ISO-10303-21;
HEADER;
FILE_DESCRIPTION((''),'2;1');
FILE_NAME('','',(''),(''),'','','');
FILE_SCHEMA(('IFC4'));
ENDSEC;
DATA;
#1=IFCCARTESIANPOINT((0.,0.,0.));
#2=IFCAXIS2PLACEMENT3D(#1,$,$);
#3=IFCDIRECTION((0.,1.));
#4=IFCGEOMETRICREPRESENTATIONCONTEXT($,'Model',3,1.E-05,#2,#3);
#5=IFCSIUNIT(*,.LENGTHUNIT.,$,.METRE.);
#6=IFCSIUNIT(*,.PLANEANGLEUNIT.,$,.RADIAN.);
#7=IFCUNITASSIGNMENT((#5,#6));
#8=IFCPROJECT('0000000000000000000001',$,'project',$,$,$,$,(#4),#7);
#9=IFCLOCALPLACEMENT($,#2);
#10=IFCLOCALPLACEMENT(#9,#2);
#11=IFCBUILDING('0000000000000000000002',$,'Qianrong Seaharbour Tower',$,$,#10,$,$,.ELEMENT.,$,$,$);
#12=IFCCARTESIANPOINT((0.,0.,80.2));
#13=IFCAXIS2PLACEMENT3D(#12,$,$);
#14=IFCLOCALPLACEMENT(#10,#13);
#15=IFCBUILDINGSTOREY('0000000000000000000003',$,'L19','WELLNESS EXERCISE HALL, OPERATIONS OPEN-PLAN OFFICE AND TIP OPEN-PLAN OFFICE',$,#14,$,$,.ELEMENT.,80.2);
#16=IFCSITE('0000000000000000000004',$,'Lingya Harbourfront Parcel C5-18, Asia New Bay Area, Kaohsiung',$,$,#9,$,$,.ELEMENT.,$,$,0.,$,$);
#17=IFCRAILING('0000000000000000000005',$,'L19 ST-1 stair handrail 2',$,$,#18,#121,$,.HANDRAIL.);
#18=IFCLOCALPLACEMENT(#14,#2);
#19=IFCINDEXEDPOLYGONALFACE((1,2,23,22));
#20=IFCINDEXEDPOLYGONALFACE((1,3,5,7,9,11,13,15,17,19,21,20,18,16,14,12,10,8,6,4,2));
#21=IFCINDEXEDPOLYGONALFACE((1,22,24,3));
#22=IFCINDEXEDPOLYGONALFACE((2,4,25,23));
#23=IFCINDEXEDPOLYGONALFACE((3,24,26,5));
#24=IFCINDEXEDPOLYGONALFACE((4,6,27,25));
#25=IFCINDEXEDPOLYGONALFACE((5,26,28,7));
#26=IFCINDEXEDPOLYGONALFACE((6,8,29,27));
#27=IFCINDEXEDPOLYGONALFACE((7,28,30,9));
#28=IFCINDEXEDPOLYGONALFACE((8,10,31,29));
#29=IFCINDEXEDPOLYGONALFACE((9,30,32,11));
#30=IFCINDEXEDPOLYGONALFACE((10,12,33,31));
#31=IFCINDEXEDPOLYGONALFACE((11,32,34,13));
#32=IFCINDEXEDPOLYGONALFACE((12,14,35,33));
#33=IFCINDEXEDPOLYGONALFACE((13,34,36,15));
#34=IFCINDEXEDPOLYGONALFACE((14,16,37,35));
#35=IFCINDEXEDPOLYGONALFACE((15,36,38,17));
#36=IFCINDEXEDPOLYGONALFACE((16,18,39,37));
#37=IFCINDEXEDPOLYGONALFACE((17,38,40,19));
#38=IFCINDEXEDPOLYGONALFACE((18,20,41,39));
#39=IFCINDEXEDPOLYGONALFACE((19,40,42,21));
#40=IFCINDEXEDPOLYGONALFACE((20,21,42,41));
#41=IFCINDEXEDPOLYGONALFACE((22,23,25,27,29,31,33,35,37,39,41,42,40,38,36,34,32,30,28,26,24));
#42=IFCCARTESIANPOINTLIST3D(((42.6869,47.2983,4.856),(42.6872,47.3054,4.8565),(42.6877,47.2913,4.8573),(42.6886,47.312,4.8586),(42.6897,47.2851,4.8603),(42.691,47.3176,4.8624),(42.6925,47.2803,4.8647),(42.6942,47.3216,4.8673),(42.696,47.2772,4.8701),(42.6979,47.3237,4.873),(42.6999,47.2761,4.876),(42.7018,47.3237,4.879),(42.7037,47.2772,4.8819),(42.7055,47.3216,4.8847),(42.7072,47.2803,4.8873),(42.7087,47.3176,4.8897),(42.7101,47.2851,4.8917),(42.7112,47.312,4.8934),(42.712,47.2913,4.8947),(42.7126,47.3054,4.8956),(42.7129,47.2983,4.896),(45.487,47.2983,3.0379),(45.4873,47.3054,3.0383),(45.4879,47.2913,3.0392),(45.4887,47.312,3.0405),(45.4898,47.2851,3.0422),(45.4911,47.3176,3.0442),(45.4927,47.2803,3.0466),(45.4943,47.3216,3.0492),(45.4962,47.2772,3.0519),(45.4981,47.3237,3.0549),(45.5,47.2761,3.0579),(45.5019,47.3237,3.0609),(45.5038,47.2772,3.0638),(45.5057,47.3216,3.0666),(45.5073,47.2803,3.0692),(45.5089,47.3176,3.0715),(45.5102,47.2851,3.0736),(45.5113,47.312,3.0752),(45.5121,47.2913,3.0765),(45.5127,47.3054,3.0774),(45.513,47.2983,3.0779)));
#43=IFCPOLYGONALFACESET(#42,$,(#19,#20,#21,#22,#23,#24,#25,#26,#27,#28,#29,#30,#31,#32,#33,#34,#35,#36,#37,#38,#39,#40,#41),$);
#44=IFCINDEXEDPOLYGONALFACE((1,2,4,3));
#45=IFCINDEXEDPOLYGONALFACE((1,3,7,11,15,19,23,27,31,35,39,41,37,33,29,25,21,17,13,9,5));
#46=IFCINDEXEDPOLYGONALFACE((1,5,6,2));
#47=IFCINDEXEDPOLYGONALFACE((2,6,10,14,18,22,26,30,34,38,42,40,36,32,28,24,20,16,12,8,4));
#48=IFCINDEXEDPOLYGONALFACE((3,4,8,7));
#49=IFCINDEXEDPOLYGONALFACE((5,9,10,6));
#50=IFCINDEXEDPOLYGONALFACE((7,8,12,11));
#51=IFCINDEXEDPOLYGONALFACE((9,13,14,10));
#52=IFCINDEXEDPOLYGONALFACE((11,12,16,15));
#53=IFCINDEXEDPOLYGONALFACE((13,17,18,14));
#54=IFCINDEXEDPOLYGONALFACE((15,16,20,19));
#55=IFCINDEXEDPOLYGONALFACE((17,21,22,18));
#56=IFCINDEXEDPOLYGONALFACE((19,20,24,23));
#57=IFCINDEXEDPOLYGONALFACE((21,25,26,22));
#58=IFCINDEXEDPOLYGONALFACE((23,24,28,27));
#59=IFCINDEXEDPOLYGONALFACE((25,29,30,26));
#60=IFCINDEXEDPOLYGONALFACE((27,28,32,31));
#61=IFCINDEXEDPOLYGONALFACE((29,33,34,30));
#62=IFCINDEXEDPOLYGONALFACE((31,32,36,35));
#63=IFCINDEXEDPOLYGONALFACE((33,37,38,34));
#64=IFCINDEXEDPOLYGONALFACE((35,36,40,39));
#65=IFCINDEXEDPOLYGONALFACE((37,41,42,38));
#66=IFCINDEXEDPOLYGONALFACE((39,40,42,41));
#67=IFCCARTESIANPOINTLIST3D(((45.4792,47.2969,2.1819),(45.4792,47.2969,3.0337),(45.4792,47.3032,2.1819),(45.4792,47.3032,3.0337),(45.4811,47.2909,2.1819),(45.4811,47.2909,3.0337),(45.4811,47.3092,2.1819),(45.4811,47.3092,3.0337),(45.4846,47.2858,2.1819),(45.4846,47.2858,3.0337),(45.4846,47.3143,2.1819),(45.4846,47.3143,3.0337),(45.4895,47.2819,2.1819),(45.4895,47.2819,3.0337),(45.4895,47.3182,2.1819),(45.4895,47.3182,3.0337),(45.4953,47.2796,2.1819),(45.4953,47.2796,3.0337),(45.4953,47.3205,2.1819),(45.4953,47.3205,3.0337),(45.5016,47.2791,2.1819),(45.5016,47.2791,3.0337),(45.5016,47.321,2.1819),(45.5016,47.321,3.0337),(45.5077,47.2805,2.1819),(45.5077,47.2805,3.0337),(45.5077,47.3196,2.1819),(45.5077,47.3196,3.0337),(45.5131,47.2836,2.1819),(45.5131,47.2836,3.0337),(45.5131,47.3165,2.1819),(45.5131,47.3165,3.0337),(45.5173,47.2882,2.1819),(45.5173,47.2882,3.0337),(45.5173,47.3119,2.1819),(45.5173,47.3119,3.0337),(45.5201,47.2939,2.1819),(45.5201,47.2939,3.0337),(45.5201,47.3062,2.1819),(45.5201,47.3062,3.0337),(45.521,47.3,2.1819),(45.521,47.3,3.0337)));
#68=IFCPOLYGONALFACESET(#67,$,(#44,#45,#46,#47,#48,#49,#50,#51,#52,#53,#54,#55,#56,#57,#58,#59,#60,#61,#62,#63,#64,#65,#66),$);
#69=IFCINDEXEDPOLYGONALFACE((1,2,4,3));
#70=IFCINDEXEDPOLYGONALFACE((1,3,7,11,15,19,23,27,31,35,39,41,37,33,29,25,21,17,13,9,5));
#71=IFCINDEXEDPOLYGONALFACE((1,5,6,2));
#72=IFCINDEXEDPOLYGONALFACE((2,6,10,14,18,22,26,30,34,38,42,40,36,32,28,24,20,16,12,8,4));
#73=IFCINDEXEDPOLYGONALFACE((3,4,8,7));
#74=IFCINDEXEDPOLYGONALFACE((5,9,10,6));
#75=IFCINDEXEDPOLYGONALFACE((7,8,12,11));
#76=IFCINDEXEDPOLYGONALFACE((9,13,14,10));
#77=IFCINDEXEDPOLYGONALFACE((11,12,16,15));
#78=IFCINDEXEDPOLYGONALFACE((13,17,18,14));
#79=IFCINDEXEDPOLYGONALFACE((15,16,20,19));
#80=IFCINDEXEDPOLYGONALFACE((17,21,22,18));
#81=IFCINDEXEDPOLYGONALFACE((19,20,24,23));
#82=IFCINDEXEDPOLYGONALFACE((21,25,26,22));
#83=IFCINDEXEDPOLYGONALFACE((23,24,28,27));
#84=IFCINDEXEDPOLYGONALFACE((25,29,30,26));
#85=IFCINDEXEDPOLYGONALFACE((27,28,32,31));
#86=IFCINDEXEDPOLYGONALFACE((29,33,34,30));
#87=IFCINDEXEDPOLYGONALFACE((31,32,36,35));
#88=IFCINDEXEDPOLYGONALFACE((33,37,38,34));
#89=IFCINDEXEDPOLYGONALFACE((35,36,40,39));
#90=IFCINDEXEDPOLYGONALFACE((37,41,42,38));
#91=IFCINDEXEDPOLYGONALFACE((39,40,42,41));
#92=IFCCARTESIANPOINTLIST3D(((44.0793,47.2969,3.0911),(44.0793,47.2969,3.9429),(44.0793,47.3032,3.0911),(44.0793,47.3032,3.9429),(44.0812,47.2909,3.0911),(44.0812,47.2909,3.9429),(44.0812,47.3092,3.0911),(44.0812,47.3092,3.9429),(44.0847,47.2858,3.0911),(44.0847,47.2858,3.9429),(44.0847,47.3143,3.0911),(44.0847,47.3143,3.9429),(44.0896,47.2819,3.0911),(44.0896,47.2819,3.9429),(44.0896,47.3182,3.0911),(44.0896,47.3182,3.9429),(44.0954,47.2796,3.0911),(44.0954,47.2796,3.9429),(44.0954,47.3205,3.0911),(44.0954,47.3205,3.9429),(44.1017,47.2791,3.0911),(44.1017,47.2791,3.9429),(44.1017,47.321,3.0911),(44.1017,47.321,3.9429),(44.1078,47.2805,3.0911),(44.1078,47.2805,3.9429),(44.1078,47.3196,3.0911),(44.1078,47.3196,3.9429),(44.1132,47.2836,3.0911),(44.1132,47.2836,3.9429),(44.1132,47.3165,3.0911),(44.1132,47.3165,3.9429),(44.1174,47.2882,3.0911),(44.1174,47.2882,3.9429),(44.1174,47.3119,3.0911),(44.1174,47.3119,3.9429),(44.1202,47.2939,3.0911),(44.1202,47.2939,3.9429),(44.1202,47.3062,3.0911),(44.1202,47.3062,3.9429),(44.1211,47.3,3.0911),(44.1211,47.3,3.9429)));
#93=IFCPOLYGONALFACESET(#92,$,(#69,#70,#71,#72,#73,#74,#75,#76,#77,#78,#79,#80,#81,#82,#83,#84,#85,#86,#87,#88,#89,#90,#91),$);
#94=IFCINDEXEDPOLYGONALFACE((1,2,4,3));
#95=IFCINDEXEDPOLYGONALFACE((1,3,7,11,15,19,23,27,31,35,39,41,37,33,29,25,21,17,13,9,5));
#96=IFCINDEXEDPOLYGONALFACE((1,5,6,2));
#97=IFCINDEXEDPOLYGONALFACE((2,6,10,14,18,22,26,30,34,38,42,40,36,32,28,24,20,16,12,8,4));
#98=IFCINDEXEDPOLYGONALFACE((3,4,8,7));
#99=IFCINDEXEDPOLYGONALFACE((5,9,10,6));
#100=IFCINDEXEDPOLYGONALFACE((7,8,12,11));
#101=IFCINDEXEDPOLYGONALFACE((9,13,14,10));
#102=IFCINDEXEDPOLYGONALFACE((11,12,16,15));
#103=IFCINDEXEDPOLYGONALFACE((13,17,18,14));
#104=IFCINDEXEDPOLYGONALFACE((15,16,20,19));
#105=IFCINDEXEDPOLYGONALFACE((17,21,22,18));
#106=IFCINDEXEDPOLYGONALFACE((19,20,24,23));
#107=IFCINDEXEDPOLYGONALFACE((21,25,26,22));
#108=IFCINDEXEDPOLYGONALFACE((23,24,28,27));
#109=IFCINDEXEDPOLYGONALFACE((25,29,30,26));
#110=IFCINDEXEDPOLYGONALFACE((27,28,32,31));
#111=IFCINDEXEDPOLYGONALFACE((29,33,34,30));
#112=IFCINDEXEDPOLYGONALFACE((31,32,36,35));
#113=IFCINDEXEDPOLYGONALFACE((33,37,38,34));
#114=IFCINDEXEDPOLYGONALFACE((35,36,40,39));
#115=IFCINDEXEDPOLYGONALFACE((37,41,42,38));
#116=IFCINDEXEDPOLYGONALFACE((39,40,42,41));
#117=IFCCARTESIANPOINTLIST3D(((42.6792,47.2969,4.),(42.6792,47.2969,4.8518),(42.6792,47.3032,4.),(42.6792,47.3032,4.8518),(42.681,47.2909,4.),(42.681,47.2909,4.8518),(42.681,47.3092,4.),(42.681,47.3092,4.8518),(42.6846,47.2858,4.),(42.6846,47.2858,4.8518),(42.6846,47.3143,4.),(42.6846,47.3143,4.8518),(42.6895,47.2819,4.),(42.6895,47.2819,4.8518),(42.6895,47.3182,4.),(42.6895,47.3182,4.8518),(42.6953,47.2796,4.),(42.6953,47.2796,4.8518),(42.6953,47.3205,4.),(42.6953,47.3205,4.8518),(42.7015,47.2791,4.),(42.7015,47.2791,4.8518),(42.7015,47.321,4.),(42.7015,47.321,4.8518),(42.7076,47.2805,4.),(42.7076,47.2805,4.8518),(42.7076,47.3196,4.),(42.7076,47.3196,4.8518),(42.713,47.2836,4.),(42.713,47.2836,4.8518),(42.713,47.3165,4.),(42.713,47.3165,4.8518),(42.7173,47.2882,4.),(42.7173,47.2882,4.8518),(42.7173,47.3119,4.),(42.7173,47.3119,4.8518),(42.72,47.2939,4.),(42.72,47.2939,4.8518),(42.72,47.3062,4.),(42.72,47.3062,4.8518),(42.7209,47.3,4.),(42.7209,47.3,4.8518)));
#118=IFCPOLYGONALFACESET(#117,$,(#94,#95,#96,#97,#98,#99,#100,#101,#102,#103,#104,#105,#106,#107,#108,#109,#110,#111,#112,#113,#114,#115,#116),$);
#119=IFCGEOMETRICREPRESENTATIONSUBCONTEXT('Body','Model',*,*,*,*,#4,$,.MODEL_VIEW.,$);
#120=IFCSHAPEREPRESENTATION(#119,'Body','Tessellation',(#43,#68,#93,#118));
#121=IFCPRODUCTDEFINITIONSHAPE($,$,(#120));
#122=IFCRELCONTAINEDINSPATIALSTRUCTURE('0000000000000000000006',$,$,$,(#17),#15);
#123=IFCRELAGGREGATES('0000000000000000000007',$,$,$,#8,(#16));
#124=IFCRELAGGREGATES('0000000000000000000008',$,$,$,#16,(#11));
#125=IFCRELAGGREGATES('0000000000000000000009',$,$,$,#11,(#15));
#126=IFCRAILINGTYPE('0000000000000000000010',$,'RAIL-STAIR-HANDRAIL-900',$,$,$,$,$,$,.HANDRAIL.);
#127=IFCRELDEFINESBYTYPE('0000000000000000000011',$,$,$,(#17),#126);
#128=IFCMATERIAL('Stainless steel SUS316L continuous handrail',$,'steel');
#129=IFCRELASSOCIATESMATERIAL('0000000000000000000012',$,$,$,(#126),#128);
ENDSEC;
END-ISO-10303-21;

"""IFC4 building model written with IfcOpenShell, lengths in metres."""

from ifc_helpers import new_model, si_unit, direction, frame, origin, origin_2d, place, context, subcontext, project, spatial, circle, extrude, material, type_object, element, save


model = new_model("IFC4")

# Units and contexts
model_context = context("Model", 3, precision=1e-05, world=origin(), true_north=direction((0.0, 1.0)))
body_context = subcontext(model_context, "Body", "Model", "MODEL_VIEW")
ifc_project = project(units=[si_unit("LENGTHUNIT", "METRE"), si_unit("PLANEANGLEUNIT", "RADIAN")], contexts=[model_context])

# Site, building, storey
site_placement = place(None, origin())
site = spatial("IfcSite", under=ifc_project, at=site_placement, Name="Lingya Harbourfront Parcel C5-18, Asia New Bay Area, Kaohsiung", CompositionType="ELEMENT", RefElevation=0.0)
building_placement = place(site_placement, origin())
building = spatial("IfcBuilding", under=site, at=building_placement, Name="Qianrong Seaharbour Tower", CompositionType="ELEMENT")
storey_placement = place(building_placement, frame((0.0, 0.0, 80.2)))
storey = spatial("IfcBuildingStorey", under=building, at=storey_placement, Name="L19", Description="WELLNESS EXERCISE HALL, OPERATIONS OPEN-PLAN OFFICE AND TIP OPEN-PLAN OFFICE", CompositionType="ELEMENT", Elevation=80.2)

# Railing
ifc_material_1 = material(Name="Stainless steel SUS316L continuous handrail", Category="steel")
railing_type_1 = type_object("IfcRailingType", Name="RAIL-STAIR-HANDRAIL-900", PredefinedType="HANDRAIL", material=ifc_material_1)
railing_1_placement = place(storey_placement, frame((45.5, 47.3, 2.1819)))
element("IfcRailing", 1, at=railing_1_placement, inside=storey, type_object=railing_type_1, Name="L19 ST-1 stair handrail 2", PredefinedType="HANDRAIL", context=body_context, shape_type="SweptSolid", body=[
    extrude(circle(Radius=0.0239, at=origin_2d()), frame((0.0, 0.0, 0.876), z_axis=(-0.838706, 0.0, 0.544585), x_axis=(0.0, -1.0, 0.0)), (0.0, 0.0, 1.0), 3.3386),
    extrude(circle(Radius=0.021, at=origin_2d()), origin(), (0.0, 0.0, 1.0), 0.8518),
    extrude(circle(Radius=0.021, at=origin_2d()), frame((-1.3999, 0.0, 0.9092)), (0.0, 0.0, 1.0), 0.8518),
    extrude(circle(Radius=0.021, at=origin_2d()), frame((-2.8, 0.0, 1.8181)), (0.0, 0.0, 1.0), 0.8518),
])

save(model, "model.ifc")
